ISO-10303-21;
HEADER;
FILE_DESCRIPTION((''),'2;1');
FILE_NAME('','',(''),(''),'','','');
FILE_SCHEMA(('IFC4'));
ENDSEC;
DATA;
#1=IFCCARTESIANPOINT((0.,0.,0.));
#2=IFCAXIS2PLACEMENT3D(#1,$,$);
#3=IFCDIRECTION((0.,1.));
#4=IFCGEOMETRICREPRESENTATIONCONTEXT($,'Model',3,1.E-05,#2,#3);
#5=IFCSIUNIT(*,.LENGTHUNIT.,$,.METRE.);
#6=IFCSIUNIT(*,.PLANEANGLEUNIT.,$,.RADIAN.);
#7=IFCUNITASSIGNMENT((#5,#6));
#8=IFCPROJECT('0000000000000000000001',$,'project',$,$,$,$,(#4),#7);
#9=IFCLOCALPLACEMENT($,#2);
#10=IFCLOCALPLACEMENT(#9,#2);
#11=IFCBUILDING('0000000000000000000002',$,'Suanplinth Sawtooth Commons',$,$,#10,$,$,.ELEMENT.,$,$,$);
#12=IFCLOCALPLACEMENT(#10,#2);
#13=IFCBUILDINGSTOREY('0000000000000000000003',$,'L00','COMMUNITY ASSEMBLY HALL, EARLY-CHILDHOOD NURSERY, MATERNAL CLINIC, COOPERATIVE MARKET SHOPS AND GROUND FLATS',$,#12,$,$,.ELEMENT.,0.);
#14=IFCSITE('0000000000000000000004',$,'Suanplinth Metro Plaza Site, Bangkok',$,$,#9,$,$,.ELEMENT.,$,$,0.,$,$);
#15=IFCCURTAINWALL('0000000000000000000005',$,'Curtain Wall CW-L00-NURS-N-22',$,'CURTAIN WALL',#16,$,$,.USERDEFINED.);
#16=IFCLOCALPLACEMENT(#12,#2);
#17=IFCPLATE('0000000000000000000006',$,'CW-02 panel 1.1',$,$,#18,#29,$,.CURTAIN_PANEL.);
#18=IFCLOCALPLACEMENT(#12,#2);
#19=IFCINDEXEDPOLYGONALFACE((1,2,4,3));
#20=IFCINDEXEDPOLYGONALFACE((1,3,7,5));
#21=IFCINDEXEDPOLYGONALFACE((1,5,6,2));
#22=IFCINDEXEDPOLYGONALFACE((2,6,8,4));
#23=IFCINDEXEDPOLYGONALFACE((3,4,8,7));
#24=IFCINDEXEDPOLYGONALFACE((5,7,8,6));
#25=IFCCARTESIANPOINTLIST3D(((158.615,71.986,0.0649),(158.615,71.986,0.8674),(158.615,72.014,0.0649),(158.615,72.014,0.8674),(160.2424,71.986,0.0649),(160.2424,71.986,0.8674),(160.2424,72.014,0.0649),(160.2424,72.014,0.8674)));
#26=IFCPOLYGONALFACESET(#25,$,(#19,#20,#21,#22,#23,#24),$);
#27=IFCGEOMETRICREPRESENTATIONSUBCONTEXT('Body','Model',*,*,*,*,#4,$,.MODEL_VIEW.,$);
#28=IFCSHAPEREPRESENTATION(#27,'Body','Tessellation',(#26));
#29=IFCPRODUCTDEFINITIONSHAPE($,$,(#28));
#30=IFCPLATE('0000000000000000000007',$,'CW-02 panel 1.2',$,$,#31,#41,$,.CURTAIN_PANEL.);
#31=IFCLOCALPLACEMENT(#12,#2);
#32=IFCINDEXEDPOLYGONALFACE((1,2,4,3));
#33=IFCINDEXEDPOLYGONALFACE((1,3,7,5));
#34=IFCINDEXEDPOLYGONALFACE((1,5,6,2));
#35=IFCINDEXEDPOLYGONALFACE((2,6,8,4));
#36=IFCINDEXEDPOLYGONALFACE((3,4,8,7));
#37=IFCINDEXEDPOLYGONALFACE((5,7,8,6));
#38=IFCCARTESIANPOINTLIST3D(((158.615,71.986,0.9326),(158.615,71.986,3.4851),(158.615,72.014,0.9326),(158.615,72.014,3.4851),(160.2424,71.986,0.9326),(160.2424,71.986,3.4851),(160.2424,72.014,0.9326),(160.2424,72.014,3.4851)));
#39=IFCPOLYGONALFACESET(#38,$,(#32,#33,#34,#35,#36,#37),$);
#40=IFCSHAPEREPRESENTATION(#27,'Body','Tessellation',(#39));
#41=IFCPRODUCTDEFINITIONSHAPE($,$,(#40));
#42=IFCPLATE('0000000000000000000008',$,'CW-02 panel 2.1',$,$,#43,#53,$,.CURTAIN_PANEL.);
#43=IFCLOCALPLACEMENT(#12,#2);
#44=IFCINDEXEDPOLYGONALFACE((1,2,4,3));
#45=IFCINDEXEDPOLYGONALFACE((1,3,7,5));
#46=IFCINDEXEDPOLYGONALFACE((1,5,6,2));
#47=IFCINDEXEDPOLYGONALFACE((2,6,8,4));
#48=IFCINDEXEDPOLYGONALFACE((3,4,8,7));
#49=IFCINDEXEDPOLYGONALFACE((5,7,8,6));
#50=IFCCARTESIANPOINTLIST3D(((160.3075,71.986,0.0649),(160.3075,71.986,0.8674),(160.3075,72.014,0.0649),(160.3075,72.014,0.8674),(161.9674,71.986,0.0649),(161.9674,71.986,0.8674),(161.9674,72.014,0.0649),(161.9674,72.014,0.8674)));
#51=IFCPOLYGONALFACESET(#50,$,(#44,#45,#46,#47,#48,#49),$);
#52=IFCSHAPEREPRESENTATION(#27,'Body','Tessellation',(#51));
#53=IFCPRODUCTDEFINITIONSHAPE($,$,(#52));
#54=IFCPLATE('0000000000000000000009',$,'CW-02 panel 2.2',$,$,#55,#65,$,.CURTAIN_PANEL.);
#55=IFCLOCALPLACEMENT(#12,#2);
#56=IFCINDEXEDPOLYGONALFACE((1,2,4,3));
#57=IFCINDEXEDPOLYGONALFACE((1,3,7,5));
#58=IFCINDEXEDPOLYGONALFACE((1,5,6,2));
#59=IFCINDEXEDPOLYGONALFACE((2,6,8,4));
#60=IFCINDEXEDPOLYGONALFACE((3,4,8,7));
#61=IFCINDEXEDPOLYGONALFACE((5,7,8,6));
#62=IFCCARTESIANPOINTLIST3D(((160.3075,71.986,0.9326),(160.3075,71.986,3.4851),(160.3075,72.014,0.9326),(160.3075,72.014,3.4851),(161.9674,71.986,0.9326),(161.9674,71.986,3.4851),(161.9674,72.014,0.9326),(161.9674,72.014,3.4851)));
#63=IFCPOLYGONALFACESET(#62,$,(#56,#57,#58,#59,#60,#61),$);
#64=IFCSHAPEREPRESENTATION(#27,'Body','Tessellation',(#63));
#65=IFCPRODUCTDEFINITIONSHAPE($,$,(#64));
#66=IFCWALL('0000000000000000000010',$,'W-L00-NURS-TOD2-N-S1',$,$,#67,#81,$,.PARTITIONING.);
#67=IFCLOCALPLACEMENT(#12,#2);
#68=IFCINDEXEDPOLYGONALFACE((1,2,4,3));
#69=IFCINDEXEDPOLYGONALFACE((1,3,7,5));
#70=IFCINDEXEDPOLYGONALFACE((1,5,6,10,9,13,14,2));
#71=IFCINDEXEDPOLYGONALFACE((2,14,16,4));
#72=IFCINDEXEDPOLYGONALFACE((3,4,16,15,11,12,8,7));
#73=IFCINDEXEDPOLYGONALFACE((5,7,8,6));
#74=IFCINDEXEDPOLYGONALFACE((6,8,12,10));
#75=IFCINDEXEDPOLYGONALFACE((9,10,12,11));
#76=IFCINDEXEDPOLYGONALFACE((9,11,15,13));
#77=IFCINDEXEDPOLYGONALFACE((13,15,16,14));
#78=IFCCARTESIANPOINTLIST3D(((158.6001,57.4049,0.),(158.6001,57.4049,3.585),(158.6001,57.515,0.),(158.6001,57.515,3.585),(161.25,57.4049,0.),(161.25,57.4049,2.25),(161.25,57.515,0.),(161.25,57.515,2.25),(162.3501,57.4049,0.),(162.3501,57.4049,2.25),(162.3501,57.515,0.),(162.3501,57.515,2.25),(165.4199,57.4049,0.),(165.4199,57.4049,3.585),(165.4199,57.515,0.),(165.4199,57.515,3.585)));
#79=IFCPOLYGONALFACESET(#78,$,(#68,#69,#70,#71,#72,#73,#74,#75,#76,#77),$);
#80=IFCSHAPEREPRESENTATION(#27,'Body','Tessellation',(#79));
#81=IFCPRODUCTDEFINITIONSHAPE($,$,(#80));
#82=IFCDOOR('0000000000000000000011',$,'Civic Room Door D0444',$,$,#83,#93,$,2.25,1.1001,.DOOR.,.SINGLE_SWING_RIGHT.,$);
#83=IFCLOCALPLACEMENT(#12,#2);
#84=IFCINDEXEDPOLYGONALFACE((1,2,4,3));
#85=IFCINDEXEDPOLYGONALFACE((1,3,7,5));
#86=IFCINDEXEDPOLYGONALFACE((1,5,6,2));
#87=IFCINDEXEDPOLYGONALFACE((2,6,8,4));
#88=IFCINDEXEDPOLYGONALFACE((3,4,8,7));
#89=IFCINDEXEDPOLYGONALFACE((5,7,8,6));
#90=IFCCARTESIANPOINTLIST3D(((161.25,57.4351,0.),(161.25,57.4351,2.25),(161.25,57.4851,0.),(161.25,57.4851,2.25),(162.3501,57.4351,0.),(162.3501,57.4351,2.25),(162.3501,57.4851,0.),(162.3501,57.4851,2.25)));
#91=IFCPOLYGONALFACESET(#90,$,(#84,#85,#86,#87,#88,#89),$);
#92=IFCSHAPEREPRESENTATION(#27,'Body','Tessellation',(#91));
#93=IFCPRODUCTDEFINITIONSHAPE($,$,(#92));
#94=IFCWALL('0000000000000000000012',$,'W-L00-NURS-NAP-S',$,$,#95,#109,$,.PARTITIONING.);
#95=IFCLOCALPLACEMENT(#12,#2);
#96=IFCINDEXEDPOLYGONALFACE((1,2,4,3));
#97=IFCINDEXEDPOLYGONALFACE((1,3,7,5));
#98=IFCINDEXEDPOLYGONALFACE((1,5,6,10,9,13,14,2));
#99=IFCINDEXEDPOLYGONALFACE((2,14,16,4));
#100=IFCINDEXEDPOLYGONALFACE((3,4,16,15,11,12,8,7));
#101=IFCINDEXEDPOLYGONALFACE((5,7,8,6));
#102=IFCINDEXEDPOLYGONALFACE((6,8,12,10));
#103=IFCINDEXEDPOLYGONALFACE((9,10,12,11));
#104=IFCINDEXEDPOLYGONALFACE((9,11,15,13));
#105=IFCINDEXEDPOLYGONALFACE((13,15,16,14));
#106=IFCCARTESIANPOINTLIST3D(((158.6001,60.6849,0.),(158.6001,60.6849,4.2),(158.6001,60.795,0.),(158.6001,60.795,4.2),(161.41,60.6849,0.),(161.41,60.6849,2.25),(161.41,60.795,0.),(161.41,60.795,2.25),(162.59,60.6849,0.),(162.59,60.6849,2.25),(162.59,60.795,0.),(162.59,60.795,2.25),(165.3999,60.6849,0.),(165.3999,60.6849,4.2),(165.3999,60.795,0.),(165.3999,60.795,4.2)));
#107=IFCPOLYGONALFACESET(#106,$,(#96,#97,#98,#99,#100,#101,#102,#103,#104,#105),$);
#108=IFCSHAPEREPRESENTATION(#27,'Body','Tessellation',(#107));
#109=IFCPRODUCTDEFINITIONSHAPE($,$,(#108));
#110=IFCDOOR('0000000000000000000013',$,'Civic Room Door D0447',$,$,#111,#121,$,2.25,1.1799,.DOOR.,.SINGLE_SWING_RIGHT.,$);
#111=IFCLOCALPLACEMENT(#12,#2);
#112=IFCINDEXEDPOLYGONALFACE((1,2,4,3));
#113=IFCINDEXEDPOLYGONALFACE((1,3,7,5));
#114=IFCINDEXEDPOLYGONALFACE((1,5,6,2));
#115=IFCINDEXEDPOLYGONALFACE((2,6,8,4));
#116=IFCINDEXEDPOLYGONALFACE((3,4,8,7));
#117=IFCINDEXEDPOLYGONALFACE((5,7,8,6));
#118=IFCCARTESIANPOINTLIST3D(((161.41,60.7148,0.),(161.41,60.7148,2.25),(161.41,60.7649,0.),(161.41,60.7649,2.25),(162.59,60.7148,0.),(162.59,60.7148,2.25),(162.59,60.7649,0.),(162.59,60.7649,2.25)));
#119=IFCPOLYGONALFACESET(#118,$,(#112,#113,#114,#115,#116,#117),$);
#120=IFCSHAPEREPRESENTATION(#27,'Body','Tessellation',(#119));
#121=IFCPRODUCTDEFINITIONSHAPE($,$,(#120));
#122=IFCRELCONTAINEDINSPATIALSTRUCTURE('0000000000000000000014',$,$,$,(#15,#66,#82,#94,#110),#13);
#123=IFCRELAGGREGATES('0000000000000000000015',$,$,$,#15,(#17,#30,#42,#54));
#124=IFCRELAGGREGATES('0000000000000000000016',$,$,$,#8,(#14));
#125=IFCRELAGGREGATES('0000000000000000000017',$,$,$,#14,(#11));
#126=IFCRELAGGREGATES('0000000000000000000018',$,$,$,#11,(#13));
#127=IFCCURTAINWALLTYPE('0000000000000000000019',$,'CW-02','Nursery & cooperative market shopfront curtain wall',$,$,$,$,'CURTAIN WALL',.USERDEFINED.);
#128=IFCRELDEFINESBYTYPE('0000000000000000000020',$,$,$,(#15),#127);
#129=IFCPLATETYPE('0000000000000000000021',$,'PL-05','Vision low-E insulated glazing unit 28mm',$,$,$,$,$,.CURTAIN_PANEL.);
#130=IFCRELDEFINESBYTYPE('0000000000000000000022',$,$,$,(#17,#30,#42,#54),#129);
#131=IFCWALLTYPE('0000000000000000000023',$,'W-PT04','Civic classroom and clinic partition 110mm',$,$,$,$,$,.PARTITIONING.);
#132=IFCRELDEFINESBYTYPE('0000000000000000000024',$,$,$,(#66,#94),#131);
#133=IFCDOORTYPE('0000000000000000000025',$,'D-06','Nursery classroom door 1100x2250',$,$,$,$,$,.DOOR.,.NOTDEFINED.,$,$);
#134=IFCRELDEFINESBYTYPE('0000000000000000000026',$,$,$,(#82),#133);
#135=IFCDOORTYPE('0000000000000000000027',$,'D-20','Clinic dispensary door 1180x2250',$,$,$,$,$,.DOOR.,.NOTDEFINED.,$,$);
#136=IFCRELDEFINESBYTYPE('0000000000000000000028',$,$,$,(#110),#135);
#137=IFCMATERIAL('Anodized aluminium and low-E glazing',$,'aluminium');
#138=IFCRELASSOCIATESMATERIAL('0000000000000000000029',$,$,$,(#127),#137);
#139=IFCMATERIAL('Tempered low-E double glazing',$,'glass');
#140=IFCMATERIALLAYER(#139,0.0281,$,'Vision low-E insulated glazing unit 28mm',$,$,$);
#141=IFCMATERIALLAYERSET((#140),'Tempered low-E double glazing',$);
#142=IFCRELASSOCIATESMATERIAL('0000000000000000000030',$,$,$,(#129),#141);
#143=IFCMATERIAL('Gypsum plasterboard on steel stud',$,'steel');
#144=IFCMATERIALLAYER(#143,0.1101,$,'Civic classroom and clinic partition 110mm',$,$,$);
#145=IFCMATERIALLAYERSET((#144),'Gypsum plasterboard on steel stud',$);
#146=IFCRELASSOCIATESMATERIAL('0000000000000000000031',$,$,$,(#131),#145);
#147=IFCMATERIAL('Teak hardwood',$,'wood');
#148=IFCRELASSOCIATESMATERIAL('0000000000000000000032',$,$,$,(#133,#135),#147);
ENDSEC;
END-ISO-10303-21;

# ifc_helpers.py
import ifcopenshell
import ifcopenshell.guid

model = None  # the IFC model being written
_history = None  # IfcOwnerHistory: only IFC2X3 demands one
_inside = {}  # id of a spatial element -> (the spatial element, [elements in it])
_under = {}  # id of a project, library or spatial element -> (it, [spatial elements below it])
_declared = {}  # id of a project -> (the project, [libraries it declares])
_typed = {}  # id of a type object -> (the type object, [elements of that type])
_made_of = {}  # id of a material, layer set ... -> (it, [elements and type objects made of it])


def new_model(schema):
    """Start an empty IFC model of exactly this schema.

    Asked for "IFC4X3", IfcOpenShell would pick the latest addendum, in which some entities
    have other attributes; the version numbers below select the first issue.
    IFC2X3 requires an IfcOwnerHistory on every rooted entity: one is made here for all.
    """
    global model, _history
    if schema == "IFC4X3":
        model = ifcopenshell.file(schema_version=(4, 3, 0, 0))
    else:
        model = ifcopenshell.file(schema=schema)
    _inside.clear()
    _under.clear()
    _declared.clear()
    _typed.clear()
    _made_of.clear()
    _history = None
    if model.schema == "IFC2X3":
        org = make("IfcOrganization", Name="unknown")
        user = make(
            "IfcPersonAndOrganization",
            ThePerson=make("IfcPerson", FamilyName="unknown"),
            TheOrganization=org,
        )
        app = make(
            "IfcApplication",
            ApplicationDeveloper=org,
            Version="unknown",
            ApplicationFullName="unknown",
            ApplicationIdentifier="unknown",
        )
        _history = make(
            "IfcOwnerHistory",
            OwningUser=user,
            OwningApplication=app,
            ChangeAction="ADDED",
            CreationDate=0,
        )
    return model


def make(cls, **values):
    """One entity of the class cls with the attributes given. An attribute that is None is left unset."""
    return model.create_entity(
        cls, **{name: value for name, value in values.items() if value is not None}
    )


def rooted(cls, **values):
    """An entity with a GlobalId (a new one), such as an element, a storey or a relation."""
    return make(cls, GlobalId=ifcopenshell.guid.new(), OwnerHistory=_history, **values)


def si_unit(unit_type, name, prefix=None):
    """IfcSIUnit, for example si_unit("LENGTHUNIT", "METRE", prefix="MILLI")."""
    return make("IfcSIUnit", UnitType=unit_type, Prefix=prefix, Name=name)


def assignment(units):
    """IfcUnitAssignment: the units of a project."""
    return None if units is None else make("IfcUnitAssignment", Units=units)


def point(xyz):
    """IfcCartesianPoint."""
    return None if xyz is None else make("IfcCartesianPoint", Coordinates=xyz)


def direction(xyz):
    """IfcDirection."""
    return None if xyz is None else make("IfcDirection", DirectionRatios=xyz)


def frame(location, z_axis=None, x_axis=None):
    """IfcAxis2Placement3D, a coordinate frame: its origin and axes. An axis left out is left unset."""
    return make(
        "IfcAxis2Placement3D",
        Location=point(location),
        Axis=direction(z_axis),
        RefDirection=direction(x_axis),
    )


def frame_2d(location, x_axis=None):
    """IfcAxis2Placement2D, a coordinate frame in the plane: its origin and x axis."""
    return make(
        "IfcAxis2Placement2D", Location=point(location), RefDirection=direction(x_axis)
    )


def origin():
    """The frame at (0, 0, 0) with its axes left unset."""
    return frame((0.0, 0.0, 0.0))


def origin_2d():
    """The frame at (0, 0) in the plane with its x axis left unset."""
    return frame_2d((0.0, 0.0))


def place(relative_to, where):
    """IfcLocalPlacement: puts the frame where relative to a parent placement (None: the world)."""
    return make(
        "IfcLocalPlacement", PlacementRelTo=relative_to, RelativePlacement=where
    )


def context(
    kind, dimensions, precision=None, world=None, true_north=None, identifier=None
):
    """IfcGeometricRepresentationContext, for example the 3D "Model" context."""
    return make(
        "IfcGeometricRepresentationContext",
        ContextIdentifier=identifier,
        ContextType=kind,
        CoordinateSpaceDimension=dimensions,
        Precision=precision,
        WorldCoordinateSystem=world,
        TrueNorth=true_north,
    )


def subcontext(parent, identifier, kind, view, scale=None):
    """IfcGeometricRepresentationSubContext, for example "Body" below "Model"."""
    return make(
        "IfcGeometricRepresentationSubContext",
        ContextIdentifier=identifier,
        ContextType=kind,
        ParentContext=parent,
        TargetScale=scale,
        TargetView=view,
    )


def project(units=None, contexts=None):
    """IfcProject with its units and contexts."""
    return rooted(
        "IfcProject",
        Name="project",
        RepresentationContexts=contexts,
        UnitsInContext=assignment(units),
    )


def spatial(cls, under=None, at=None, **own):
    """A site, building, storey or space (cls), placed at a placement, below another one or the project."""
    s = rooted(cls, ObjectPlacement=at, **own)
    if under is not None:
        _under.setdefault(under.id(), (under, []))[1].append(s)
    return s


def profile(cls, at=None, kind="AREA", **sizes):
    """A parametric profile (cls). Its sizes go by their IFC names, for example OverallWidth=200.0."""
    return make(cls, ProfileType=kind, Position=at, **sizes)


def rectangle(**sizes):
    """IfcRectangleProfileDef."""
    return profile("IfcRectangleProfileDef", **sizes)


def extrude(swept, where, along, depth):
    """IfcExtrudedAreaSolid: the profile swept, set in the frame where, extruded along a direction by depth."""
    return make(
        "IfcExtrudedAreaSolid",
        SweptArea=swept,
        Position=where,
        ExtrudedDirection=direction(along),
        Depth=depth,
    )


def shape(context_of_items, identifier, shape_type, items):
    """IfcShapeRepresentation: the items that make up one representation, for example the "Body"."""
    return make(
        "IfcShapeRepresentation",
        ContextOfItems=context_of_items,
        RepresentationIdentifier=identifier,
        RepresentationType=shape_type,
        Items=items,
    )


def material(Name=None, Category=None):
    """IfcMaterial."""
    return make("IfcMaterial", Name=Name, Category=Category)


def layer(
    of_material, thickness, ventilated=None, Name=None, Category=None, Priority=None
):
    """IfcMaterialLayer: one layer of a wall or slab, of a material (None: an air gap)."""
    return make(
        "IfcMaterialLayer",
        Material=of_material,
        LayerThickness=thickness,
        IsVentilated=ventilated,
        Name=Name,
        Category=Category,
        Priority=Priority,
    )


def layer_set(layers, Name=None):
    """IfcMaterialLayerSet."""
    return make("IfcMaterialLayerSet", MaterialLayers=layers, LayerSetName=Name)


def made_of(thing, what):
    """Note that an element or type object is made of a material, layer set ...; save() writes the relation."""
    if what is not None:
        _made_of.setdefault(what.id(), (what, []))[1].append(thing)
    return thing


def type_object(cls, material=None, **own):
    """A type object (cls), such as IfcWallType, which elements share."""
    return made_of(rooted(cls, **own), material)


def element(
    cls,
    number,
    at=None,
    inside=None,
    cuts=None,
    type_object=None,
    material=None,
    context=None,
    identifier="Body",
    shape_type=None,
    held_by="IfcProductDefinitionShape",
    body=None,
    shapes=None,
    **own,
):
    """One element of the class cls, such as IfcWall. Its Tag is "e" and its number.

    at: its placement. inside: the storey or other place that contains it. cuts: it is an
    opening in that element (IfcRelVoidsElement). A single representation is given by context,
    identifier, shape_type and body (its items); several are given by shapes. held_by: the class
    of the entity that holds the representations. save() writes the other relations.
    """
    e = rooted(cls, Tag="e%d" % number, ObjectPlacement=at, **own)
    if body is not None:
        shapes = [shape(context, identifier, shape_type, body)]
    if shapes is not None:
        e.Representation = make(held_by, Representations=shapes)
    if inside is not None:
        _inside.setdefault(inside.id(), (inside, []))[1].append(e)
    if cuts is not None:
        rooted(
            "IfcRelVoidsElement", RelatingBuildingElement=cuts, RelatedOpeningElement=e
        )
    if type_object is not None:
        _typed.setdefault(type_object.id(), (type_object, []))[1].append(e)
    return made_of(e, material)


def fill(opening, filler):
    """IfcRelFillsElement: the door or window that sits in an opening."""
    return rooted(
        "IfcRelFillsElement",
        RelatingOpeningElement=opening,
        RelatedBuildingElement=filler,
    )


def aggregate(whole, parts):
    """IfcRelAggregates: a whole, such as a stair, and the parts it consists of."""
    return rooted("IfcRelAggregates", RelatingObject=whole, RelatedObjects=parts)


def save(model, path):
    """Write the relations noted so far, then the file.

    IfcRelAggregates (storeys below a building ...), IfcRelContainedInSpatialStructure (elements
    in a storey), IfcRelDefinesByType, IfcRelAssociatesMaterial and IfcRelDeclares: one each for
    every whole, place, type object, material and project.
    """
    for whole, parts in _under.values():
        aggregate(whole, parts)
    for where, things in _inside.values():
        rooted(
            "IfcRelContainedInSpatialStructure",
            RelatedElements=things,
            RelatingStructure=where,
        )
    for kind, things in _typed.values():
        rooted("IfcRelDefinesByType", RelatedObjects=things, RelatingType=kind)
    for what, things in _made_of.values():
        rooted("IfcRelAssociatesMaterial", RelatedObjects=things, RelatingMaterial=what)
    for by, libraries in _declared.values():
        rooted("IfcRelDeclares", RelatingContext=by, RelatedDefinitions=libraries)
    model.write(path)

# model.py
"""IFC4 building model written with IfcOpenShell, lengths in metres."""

from ifc_helpers import new_model, si_unit, direction, frame, frame_2d, origin, origin_2d, place, context, subcontext, project, spatial, rectangle, extrude, material, layer, layer_set, type_object, element, fill, aggregate, save


model = new_model("IFC4")

# Units and contexts
model_context = context("Model", 3, precision=1e-05, world=origin(), true_north=direction((0.0, 1.0)))
body_context = subcontext(model_context, "Body", "Model", "MODEL_VIEW")
ifc_project = project(units=[si_unit("LENGTHUNIT", "METRE"), si_unit("PLANEANGLEUNIT", "RADIAN")], contexts=[model_context])

# Site, building, storey
site_placement = place(None, origin())
site = spatial("IfcSite", under=ifc_project, at=site_placement, Name="Suanplinth Metro Plaza Site, Bangkok", CompositionType="ELEMENT", RefElevation=0.0)
building_placement = place(site_placement, origin())
building = spatial("IfcBuilding", under=site, at=building_placement, Name="Suanplinth Sawtooth Commons", CompositionType="ELEMENT")
storey_placement = place(building_placement, origin())
storey = spatial("IfcBuildingStorey", under=building, at=storey_placement, Name="L00", Description="COMMUNITY ASSEMBLY HALL, EARLY-CHILDHOOD NURSERY, MATERNAL CLINIC, COOPERATIVE MARKET SHOPS AND GROUND FLATS", CompositionType="ELEMENT", Elevation=0.0)

# Curtain wall, plates
ifc_material_1 = material(Name="Anodized aluminium and low-E glazing", Category="aluminium")
curtain_wall_type = type_object("IfcCurtainWallType", Name="CW-02", Description="Nursery & cooperative market shopfront curtain wall", ElementType="CURTAIN WALL", PredefinedType="USERDEFINED", material=ifc_material_1)
curtain_wall_placement = place(storey_placement, origin())
curtain_wall = element("IfcCurtainWall", 1, at=curtain_wall_placement, inside=storey, type_object=curtain_wall_type, Name="Curtain Wall CW-L00-NURS-N-22", ObjectType="CURTAIN WALL", PredefinedType="USERDEFINED")
ifc_material_2 = material(Name="Tempered low-E double glazing", Category="glass")
ifc_layer_1 = layer(ifc_material_2, 0.0281, Name="Vision low-E insulated glazing unit 28mm")
ifc_layer_set_1 = layer_set([ifc_layer_1], Name="Tempered low-E double glazing")
plate_type = type_object("IfcPlateType", Name="PL-05", Description="Vision low-E insulated glazing unit 28mm", PredefinedType="CURTAIN_PANEL", material=ifc_layer_set_1)
plate_1_placement = place(storey_placement, frame((159.4287, 72.0, 0.0649), z_axis=(0.0, 0.0, 1.0), x_axis=(1.0, 0.0, 0.0)))
plate_1 = element("IfcPlate", 2, at=plate_1_placement, type_object=plate_type, Name="CW-02 panel 1.1", PredefinedType="CURTAIN_PANEL", context=body_context, shape_type="SweptSolid", body=[
    extrude(rectangle(XDim=1.6274, YDim=0.0281, at=origin_2d()), origin(), (0.0, 0.0, 1.0), 0.8025),
])
plate_2_placement = place(storey_placement, frame((159.4287, 72.0, 0.9326), z_axis=(0.0, 0.0, 1.0), x_axis=(1.0, 0.0, 0.0)))
plate_2 = element("IfcPlate", 3, at=plate_2_placement, type_object=plate_type, Name="CW-02 panel 1.2", PredefinedType="CURTAIN_PANEL", context=body_context, shape_type="SweptSolid", body=[
    extrude(rectangle(XDim=1.6274, YDim=0.0281, at=origin_2d()), origin(), (0.0, 0.0, 1.0), 2.5525),
])
plate_3_placement = place(storey_placement, frame((161.1375, 72.0, 0.0649), z_axis=(0.0, 0.0, 1.0), x_axis=(1.0, 0.0, 0.0)))
plate_3 = element("IfcPlate", 4, at=plate_3_placement, type_object=plate_type, Name="CW-02 panel 2.1", PredefinedType="CURTAIN_PANEL", context=body_context, shape_type="SweptSolid", body=[
    extrude(rectangle(XDim=1.6599, YDim=0.0281, at=origin_2d()), origin(), (0.0, 0.0, 1.0), 0.8025),
])
plate_4_placement = place(storey_placement, frame((161.1375, 72.0, 0.9326), z_axis=(0.0, 0.0, 1.0), x_axis=(1.0, 0.0, 0.0)))
plate_4 = element("IfcPlate", 5, at=plate_4_placement, type_object=plate_type, Name="CW-02 panel 2.2", PredefinedType="CURTAIN_PANEL", context=body_context, shape_type="SweptSolid", body=[
    extrude(rectangle(XDim=1.6599, YDim=0.0281, at=origin_2d()), origin(), (0.0, 0.0, 1.0), 2.5525),
])
aggregate(curtain_wall, [plate_1, plate_2, plate_3, plate_4])

# Walls, openings, doors
ifc_material_3 = material(Name="Gypsum plasterboard on steel stud", Category="steel")
ifc_layer_2 = layer(ifc_material_3, 0.1101, Name="Civic classroom and clinic partition 110mm")
ifc_layer_set_2 = layer_set([ifc_layer_2], Name="Gypsum plasterboard on steel stud")
wall_type = type_object("IfcWallType", Name="W-PT04", Description="Civic classroom and clinic partition 110mm", PredefinedType="PARTITIONING", material=ifc_layer_set_2)
wall_1_placement = place(storey_placement, frame((158.6001, 57.46, 0.0), z_axis=(0.0, 0.0, 1.0), x_axis=(1.0, 0.0, 0.0)))
wall_1 = element("IfcWall", 6, at=wall_1_placement, inside=storey, type_object=wall_type, Name="W-L00-NURS-TOD2-N-S1", PredefinedType="PARTITIONING", context=body_context, shape_type="SweptSolid", body=[
    extrude(rectangle(XDim=6.8198, YDim=0.1101, at=frame_2d((3.4099, 0.0))), origin(), (0.0, 0.0, 1.0), 3.585),
])
opening_1_placement = place(wall_1_placement, frame((2.6499, 0.0, 0.0)))
opening_1 = element("IfcOpeningElement", 7, at=opening_1_placement, cuts=wall_1, PredefinedType="OPENING", context=body_context, shape_type="SweptSolid", body=[
    extrude(rectangle(XDim=1.1001, YDim=2.25, at=frame_2d((0.55, 1.125))), frame((0.0, 0.0698, 0.0), z_axis=(0.0, -1.0, 0.0), x_axis=(1.0, 0.0, 0.0)), (0.0, 0.0, 1.0), 0.1399),
])
ifc_material_4 = material(Name="Teak hardwood", Category="wood")
door_type_1 = type_object("IfcDoorType", Name="D-06", Description="Nursery classroom door 1100x2250", OperationType="NOTDEFINED", PredefinedType="DOOR", material=ifc_material_4)
door_1_placement = place(opening_1_placement, frame((1.1001, 0.0, 0.0), z_axis=(0.0, 0.0, 1.0), x_axis=(-1.0, 0.0, 0.0)))
door_1 = element("IfcDoor", 8, at=door_1_placement, inside=storey, type_object=door_type_1, Name="Civic Room Door D0444", OperationType="SINGLE_SWING_RIGHT", OverallHeight=2.25, OverallWidth=1.1001, PredefinedType="DOOR", context=body_context, shape_type="SweptSolid", body=[
    extrude(rectangle(XDim=1.1001, YDim=2.25, at=frame_2d((0.55, 1.125))), frame((0.0, 0.0249, 0.0), z_axis=(0.0, -1.0, 0.0), x_axis=(1.0, 0.0, 0.0)), (0.0, 0.0, 1.0), 0.05),
])
fill(opening_1, door_1)
wall_2_placement = place(storey_placement, frame((158.6001, 60.74, 0.0), z_axis=(0.0, 0.0, 1.0), x_axis=(1.0, 0.0, 0.0)))
wall_2 = element("IfcWall", 9, at=wall_2_placement, inside=storey, type_object=wall_type, Name="W-L00-NURS-NAP-S", PredefinedType="PARTITIONING", context=body_context, shape_type="SweptSolid", body=[
    extrude(rectangle(XDim=6.7998, YDim=0.1101, at=frame_2d((3.3999, 0.0))), origin(), (0.0, 0.0, 1.0), 4.2),
])
opening_2_placement = place(wall_2_placement, frame((2.8101, 0.0, 0.0)))
opening_2 = element("IfcOpeningElement", 10, at=opening_2_placement, cuts=wall_2, PredefinedType="OPENING", context=body_context, shape_type="SweptSolid", body=[
    extrude(rectangle(XDim=1.1799, YDim=2.25, at=frame_2d((0.5898, 1.125))), frame((0.0, 0.0698, 0.0), z_axis=(0.0, -1.0, 0.0), x_axis=(1.0, 0.0, 0.0)), (0.0, 0.0, 1.0), 0.1399),
])
door_type_2 = type_object("IfcDoorType", Name="D-20", Description="Clinic dispensary door 1180x2250", OperationType="NOTDEFINED", PredefinedType="DOOR", material=ifc_material_4)
door_2_placement = place(opening_2_placement, origin())
door_2 = element("IfcDoor", 11, at=door_2_placement, inside=storey, type_object=door_type_2, Name="Civic Room Door D0447", OperationType="SINGLE_SWING_RIGHT", OverallHeight=2.25, OverallWidth=1.1799, PredefinedType="DOOR", context=body_context, shape_type="SweptSolid", body=[
    extrude(rectangle(XDim=1.1799, YDim=2.25, at=frame_2d((0.5898, 1.125))), frame((0.0, 0.0249, 0.0), z_axis=(0.0, -1.0, 0.0), x_axis=(1.0, 0.0, 0.0)), (0.0, 0.0, 1.0), 0.05),
])
fill(opening_2, door_2)

save(model, "model.ifc")
